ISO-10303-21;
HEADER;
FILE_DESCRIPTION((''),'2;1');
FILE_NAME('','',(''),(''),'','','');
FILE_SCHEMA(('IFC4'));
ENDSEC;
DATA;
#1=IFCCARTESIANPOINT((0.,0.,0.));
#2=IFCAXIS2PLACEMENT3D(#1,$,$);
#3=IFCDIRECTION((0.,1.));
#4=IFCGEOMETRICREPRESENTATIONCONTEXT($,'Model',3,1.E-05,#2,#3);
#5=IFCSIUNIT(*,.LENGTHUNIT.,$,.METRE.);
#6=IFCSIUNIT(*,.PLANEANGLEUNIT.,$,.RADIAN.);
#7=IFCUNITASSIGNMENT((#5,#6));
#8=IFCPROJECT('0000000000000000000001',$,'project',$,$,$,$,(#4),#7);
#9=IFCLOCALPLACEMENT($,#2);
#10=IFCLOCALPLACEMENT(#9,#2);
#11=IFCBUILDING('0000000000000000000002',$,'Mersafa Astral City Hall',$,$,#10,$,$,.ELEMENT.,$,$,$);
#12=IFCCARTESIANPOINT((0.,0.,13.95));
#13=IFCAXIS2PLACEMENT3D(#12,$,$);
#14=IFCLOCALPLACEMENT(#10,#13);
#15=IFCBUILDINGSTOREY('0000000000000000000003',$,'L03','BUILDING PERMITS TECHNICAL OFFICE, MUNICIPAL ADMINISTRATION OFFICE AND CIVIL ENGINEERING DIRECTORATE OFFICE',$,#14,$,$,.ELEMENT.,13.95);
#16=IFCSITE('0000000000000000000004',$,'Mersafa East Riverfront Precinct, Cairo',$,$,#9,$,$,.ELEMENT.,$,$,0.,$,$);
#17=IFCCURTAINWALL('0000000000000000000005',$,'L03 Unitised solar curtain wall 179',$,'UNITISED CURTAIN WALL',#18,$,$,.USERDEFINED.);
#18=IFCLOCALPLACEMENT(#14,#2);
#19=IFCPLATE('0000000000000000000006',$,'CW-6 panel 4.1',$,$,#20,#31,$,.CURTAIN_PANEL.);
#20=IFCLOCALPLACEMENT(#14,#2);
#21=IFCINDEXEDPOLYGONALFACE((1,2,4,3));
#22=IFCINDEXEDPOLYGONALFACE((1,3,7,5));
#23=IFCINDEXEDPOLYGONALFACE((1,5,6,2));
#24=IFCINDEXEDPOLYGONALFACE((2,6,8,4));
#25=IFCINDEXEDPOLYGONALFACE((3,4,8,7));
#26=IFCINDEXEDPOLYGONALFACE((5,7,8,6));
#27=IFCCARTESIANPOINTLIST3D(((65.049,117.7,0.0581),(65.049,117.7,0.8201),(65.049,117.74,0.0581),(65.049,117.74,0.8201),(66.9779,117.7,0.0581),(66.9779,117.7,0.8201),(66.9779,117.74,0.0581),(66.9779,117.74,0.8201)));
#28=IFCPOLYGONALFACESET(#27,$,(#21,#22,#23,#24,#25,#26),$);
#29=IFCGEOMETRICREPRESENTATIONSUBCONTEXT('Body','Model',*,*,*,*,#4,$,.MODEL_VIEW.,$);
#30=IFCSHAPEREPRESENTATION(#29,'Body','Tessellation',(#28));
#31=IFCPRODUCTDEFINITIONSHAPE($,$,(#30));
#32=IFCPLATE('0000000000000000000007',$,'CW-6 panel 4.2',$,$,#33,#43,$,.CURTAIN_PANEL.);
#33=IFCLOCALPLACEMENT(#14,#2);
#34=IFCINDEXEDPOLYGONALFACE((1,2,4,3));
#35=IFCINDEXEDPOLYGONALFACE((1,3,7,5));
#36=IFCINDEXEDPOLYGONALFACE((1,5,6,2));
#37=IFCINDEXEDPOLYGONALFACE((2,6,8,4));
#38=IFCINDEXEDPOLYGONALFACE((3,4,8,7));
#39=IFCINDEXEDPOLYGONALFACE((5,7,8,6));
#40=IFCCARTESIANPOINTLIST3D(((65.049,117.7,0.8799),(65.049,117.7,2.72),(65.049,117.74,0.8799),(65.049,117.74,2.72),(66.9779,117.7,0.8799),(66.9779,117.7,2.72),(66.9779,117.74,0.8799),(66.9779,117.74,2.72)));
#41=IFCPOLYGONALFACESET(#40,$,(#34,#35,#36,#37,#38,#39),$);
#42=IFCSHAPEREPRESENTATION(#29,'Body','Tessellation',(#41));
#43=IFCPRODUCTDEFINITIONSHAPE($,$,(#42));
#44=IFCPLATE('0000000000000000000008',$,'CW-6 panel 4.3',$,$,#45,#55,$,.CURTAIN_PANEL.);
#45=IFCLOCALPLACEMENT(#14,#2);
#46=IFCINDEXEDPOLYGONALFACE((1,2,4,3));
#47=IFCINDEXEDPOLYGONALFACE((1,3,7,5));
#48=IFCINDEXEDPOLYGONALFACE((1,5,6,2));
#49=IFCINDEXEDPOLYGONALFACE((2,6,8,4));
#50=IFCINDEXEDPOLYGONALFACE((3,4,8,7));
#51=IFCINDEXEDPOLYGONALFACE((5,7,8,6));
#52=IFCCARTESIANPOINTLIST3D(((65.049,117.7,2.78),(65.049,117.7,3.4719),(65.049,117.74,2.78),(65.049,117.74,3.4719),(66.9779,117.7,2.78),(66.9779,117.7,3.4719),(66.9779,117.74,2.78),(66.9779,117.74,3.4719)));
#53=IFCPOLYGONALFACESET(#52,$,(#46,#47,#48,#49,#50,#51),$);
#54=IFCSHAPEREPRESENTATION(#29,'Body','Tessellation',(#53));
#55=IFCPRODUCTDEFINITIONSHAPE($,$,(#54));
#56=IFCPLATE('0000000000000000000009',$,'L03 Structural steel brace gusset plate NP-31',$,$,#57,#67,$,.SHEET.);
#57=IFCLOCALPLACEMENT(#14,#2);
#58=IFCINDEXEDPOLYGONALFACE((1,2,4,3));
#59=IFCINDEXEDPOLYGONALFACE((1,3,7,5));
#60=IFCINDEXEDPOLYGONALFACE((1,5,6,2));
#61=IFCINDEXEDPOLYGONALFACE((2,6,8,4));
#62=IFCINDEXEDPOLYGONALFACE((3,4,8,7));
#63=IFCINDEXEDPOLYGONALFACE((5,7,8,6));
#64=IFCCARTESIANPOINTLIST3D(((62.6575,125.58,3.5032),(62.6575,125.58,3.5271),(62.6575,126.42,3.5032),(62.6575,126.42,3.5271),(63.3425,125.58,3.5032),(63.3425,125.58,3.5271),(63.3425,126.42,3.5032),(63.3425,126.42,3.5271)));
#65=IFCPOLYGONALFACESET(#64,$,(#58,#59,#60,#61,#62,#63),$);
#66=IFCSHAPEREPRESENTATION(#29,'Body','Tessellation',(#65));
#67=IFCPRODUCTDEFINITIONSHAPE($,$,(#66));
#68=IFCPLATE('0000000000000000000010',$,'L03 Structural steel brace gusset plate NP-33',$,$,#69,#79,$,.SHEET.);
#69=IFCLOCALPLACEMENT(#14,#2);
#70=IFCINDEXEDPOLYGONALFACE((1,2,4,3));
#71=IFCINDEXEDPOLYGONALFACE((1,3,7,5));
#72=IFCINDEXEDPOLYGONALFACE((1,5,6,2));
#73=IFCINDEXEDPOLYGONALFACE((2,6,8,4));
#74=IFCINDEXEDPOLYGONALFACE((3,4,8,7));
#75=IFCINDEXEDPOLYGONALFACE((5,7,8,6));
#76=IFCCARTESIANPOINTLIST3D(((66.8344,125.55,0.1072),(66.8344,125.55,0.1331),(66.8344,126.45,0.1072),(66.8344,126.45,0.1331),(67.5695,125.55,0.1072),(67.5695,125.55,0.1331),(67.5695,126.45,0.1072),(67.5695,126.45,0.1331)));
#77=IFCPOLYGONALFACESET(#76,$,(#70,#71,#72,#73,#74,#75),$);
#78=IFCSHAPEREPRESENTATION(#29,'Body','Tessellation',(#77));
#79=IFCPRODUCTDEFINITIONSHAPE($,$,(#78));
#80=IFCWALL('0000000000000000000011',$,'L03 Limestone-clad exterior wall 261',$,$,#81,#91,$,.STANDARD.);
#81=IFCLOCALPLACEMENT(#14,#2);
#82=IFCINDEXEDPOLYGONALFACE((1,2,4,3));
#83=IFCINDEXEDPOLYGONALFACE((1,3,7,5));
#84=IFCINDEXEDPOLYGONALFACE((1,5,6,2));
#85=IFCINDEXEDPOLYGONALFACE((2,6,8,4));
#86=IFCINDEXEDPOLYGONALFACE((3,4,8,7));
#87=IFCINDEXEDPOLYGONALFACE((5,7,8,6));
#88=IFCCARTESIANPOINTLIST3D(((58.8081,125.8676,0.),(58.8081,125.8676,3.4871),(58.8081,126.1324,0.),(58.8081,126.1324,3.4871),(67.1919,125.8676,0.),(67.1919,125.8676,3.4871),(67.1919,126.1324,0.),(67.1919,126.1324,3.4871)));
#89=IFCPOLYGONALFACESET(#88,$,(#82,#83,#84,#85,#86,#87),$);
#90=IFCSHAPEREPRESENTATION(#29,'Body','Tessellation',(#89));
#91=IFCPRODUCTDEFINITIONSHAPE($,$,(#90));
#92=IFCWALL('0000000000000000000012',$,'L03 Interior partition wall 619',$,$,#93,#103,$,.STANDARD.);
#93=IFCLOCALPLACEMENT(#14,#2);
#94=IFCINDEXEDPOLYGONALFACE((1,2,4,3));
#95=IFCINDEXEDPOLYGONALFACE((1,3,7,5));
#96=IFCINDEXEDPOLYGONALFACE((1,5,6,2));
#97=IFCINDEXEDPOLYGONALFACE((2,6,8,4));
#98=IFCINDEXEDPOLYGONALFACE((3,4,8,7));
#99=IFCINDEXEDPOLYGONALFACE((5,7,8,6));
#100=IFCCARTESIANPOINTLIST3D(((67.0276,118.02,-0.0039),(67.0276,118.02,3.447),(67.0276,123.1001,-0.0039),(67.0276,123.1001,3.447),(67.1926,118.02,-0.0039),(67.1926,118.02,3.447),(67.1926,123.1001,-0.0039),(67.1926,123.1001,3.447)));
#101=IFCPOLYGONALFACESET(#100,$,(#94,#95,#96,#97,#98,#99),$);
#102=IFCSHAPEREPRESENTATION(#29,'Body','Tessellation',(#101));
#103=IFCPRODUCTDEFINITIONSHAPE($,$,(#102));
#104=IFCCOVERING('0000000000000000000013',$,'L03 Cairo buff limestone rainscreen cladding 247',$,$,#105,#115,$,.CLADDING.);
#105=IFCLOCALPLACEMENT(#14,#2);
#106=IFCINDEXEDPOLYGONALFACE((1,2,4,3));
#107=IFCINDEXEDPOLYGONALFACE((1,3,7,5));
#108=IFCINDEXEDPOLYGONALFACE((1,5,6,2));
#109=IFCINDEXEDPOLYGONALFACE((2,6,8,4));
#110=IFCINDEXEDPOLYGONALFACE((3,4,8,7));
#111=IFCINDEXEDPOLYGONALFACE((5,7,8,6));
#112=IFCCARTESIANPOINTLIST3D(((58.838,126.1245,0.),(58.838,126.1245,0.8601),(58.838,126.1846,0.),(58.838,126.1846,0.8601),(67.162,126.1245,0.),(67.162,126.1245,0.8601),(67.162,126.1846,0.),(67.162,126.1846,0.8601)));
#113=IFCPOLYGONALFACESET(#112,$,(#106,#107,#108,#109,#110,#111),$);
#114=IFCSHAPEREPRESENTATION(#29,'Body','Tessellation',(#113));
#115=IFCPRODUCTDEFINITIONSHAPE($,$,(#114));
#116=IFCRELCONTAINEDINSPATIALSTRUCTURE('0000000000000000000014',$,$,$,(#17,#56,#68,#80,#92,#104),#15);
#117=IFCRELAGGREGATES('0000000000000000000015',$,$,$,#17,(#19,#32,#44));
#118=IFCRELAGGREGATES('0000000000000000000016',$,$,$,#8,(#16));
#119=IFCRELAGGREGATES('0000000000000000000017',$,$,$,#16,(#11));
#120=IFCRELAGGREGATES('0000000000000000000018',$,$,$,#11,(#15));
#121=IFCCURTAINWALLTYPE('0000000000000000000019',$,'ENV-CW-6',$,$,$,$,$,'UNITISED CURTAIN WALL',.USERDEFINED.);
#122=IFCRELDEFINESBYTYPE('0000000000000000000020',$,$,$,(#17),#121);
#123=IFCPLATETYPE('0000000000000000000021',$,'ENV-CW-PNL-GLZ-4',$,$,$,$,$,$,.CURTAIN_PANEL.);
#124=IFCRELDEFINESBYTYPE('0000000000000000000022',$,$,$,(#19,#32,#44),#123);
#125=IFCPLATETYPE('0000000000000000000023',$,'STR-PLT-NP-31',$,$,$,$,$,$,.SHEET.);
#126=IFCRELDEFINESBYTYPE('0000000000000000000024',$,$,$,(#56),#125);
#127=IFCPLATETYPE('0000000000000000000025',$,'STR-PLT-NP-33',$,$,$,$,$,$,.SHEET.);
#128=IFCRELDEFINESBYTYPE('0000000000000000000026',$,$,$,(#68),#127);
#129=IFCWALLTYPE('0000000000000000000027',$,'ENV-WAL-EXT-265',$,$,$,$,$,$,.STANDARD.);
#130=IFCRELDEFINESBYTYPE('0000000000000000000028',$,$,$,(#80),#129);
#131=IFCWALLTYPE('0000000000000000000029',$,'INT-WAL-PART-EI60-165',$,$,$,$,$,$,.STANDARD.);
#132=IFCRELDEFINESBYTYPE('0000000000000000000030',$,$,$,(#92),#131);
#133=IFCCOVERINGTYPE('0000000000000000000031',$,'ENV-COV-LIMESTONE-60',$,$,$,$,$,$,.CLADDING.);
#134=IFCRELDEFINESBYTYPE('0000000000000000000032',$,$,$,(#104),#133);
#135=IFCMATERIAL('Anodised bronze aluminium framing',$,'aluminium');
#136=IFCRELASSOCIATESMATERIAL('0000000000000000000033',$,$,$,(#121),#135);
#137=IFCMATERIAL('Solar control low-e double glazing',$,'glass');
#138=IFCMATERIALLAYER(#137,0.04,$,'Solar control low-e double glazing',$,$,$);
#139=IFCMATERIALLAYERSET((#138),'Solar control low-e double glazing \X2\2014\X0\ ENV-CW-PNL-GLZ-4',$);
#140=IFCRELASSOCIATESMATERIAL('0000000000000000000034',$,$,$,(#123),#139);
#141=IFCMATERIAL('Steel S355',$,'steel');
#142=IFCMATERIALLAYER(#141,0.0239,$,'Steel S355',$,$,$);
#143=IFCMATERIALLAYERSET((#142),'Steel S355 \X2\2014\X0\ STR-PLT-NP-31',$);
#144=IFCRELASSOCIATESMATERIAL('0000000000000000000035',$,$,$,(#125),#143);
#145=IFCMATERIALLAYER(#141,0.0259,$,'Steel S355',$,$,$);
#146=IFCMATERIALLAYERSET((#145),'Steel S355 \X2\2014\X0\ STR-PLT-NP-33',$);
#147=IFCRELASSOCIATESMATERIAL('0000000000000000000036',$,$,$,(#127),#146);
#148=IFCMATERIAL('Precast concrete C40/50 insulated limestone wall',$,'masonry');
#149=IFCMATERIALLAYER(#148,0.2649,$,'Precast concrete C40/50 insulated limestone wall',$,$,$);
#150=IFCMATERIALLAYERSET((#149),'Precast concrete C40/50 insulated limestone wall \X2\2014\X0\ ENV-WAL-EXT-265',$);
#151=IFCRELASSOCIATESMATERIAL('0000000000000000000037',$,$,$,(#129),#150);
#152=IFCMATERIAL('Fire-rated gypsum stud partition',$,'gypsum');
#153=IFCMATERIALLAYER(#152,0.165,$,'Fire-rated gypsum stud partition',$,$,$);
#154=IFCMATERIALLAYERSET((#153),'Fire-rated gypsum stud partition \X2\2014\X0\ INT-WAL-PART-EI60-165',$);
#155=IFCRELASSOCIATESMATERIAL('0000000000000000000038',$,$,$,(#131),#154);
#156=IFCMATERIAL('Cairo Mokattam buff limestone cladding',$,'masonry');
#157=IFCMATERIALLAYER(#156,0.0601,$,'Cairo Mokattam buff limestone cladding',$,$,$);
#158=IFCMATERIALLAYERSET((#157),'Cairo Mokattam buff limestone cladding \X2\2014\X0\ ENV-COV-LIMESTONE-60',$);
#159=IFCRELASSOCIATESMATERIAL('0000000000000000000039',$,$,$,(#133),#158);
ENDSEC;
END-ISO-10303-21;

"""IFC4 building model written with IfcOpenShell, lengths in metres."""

from ifc_helpers import new_model, si_unit, direction, frame, frame_2d, origin, origin_2d, place, context, subcontext, project, spatial, rectangle, extrude, material, layer, layer_set, type_object, element, aggregate, save


model = new_model("IFC4")

# Units and contexts
model_context = context("Model", 3, precision=1e-05, world=origin(), true_north=direction((0.0, 1.0)))
body_context = subcontext(model_context, "Body", "Model", "MODEL_VIEW")
ifc_project = project(units=[si_unit("LENGTHUNIT", "METRE"), si_unit("PLANEANGLEUNIT", "RADIAN")], contexts=[model_context])

# Site, building, storey
site_placement = place(None, origin())
site = spatial("IfcSite", under=ifc_project, at=site_placement, Name="Mersafa East Riverfront Precinct, Cairo", CompositionType="ELEMENT", RefElevation=0.0)
building_placement = place(site_placement, origin())
building = spatial("IfcBuilding", under=site, at=building_placement, Name="Mersafa Astral City Hall", CompositionType="ELEMENT")
storey_placement = place(building_placement, frame((0.0, 0.0, 13.95)))
storey = spatial("IfcBuildingStorey", under=building, at=storey_placement, Name="L03", Description="BUILDING PERMITS TECHNICAL OFFICE, MUNICIPAL ADMINISTRATION OFFICE AND CIVIL ENGINEERING DIRECTORATE OFFICE", CompositionType="ELEMENT", Elevation=13.95)

# Shared definitions
ifc_material_1 = material(Name="Steel S355", Category="steel")

# Curtain wall
ifc_material_2 = material(Name="Anodised bronze aluminium framing", Category="aluminium")
curtain_wall_type = type_object("IfcCurtainWallType", Name="ENV-CW-6", ElementType="UNITISED CURTAIN WALL", PredefinedType="USERDEFINED", material=ifc_material_2)
curtain_wall_placement = place(storey_placement, origin())
curtain_wall = element("IfcCurtainWall", 1, at=curtain_wall_placement, inside=storey, type_object=curtain_wall_type, Name="L03 Unitised solar curtain wall 179", ObjectType="UNITISED CURTAIN WALL", PredefinedType="USERDEFINED")

# Plates
ifc_material_3 = material(Name="Solar control low-e double glazing", Category="glass")
ifc_layer_1 = layer(ifc_material_3, 0.04, Name="Solar control low-e double glazing")
ifc_layer_set_1 = layer_set([ifc_layer_1], Name="Solar control low-e double glazing — ENV-CW-PNL-GLZ-4")
plate_type_1 = type_object("IfcPlateType", Name="ENV-CW-PNL-GLZ-4", PredefinedType="CURTAIN_PANEL", material=ifc_layer_set_1)
plate_1_placement = place(storey_placement, frame((66.0134, 117.72, 0.0581), z_axis=(0.0, 0.0, 1.0), x_axis=(1.0, 0.0, 0.0)))
plate_1 = element("IfcPlate", 2, at=plate_1_placement, type_object=plate_type_1, Name="CW-6 panel 4.1", PredefinedType="CURTAIN_PANEL", context=body_context, shape_type="SweptSolid", body=[
    extrude(rectangle(XDim=1.929, YDim=0.04, at=origin_2d()), origin(), (0.0, 0.0, 1.0), 0.762),
])
plate_2_placement = place(storey_placement, frame((66.0134, 117.72, 0.8799), z_axis=(0.0, 0.0, 1.0), x_axis=(1.0, 0.0, 0.0)))
plate_2 = element("IfcPlate", 3, at=plate_2_placement, type_object=plate_type_1, Name="CW-6 panel 4.2", PredefinedType="CURTAIN_PANEL", context=body_context, shape_type="SweptSolid", body=[
    extrude(rectangle(XDim=1.929, YDim=0.04, at=origin_2d()), origin(), (0.0, 0.0, 1.0), 1.8401),
])
plate_3_placement = place(storey_placement, frame((66.0134, 117.72, 2.78), z_axis=(0.0, 0.0, 1.0), x_axis=(1.0, 0.0, 0.0)))
plate_3 = element("IfcPlate", 4, at=plate_3_placement, type_object=plate_type_1, Name="CW-6 panel 4.3", PredefinedType="CURTAIN_PANEL", context=body_context, shape_type="SweptSolid", body=[
    extrude(rectangle(XDim=1.929, YDim=0.04, at=origin_2d()), origin(), (0.0, 0.0, 1.0), 0.6919),
])
aggregate(curtain_wall, [plate_1, plate_2, plate_3])

# Plates
ifc_layer_2 = layer(ifc_material_1, 0.0239, Name="Steel S355")
ifc_layer_set_2 = layer_set([ifc_layer_2], Name="Steel S355 — STR-PLT-NP-31")
plate_type_2 = type_object("IfcPlateType", Name="STR-PLT-NP-31", PredefinedType="SHEET", material=ifc_layer_set_2)
plate_4_placement = place(storey_placement, frame((63.0, 126.0, 3.5032), z_axis=(0.0, 0.0, 1.0), x_axis=(1.0, 0.0, 0.0)))
element("IfcPlate", 5, at=plate_4_placement, inside=storey, type_object=plate_type_2, Name="L03 Structural steel brace gusset plate NP-31", PredefinedType="SHEET", context=body_context, shape_type="SweptSolid", body=[
    extrude(rectangle(XDim=0.6851, YDim=0.8401, at=origin_2d()), origin(), (0.0, 0.0, 1.0), 0.0239),
])
ifc_layer_3 = layer(ifc_material_1, 0.0259, Name="Steel S355")
ifc_layer_set_3 = layer_set([ifc_layer_3], Name="Steel S355 — STR-PLT-NP-33")
plate_type_3 = type_object("IfcPlateType", Name="STR-PLT-NP-33", PredefinedType="SHEET", material=ifc_layer_set_3)
plate_5_placement = place(storey_placement, frame((67.2019, 126.0, 0.1072), z_axis=(0.0, 0.0, 1.0), x_axis=(1.0, 0.0, 0.0)))
element("IfcPlate", 6, at=plate_5_placement, inside=storey, type_object=plate_type_3, Name="L03 Structural steel brace gusset plate NP-33", PredefinedType="SHEET", context=body_context, shape_type="SweptSolid", body=[
    extrude(rectangle(XDim=0.7351, YDim=0.8999, at=origin_2d()), origin(), (0.0, 0.0, 1.0), 0.0259),
])

# Walls
ifc_material_4 = material(Name="Precast concrete C40/50 insulated limestone wall", Category="masonry")
ifc_layer_4 = layer(ifc_material_4, 0.2649, Name="Precast concrete C40/50 insulated limestone wall")
ifc_layer_set_4 = layer_set([ifc_layer_4], Name="Precast concrete C40/50 insulated limestone wall — ENV-WAL-EXT-265")
wall_type_1 = type_object("IfcWallType", Name="ENV-WAL-EXT-265", PredefinedType="STANDARD", material=ifc_layer_set_4)
wall_1_placement = place(storey_placement, frame((67.1919, 126.0, 0.0), z_axis=(0.0, 0.0, 1.0), x_axis=(-1.0, 0.0, 0.0)))
element("IfcWall", 7, at=wall_1_placement, inside=storey, type_object=wall_type_1, Name="L03 Limestone-clad exterior wall 261", PredefinedType="STANDARD", context=body_context, shape_type="SweptSolid", body=[
    extrude(rectangle(XDim=8.3838, YDim=0.2649, at=frame_2d((4.1919, 0.0))), origin(), (0.0, 0.0, 1.0), 3.4871),
])
ifc_material_5 = material(Name="Fire-rated gypsum stud partition", Category="gypsum")
ifc_layer_5 = layer(ifc_material_5, 0.165, Name="Fire-rated gypsum stud partition")
ifc_layer_set_5 = layer_set([ifc_layer_5], Name="Fire-rated gypsum stud partition — INT-WAL-PART-EI60-165")
wall_type_2 = type_object("IfcWallType", Name="INT-WAL-PART-EI60-165", PredefinedType="STANDARD", material=ifc_layer_set_5)
wall_2_placement = place(storey_placement, frame((67.1101, 123.1001, -0.0039), z_axis=(0.0, 0.0, 1.0), x_axis=(0.0, -1.0, 0.0)))
element("IfcWall", 8, at=wall_2_placement, inside=storey, type_object=wall_type_2, Name="L03 Interior partition wall 619", PredefinedType="STANDARD", context=body_context, shape_type="SweptSolid", body=[
    extrude(rectangle(XDim=5.0801, YDim=0.165, at=frame_2d((2.54, 0.0))), origin(), (0.0, 0.0, 1.0), 3.4509),
])

# Covering
ifc_material_6 = material(Name="Cairo Mokattam buff limestone cladding", Category="masonry")
ifc_layer_6 = layer(ifc_material_6, 0.0601, Name="Cairo Mokattam buff limestone cladding")
ifc_layer_set_6 = layer_set([ifc_layer_6], Name="Cairo Mokattam buff limestone cladding — ENV-COV-LIMESTONE-60")
covering_type = type_object("IfcCoveringType", Name="ENV-COV-LIMESTONE-60", PredefinedType="CLADDING", material=ifc_layer_set_6)
covering_placement = place(storey_placement, frame((63.0, 126.1545, 0.0), z_axis=(0.0, 0.0, 1.0), x_axis=(-1.0, 0.0, 0.0)))
element("IfcCovering", 9, at=covering_placement, inside=storey, type_object=covering_type, Name="L03 Cairo buff limestone rainscreen cladding 247", PredefinedType="CLADDING", context=body_context, shape_type="SweptSolid", body=[
    extrude(rectangle(XDim=8.324, YDim=0.0601, at=origin_2d()), origin(), (0.0, 0.0, 1.0), 0.8601),
])

save(model, "model.ifc")
